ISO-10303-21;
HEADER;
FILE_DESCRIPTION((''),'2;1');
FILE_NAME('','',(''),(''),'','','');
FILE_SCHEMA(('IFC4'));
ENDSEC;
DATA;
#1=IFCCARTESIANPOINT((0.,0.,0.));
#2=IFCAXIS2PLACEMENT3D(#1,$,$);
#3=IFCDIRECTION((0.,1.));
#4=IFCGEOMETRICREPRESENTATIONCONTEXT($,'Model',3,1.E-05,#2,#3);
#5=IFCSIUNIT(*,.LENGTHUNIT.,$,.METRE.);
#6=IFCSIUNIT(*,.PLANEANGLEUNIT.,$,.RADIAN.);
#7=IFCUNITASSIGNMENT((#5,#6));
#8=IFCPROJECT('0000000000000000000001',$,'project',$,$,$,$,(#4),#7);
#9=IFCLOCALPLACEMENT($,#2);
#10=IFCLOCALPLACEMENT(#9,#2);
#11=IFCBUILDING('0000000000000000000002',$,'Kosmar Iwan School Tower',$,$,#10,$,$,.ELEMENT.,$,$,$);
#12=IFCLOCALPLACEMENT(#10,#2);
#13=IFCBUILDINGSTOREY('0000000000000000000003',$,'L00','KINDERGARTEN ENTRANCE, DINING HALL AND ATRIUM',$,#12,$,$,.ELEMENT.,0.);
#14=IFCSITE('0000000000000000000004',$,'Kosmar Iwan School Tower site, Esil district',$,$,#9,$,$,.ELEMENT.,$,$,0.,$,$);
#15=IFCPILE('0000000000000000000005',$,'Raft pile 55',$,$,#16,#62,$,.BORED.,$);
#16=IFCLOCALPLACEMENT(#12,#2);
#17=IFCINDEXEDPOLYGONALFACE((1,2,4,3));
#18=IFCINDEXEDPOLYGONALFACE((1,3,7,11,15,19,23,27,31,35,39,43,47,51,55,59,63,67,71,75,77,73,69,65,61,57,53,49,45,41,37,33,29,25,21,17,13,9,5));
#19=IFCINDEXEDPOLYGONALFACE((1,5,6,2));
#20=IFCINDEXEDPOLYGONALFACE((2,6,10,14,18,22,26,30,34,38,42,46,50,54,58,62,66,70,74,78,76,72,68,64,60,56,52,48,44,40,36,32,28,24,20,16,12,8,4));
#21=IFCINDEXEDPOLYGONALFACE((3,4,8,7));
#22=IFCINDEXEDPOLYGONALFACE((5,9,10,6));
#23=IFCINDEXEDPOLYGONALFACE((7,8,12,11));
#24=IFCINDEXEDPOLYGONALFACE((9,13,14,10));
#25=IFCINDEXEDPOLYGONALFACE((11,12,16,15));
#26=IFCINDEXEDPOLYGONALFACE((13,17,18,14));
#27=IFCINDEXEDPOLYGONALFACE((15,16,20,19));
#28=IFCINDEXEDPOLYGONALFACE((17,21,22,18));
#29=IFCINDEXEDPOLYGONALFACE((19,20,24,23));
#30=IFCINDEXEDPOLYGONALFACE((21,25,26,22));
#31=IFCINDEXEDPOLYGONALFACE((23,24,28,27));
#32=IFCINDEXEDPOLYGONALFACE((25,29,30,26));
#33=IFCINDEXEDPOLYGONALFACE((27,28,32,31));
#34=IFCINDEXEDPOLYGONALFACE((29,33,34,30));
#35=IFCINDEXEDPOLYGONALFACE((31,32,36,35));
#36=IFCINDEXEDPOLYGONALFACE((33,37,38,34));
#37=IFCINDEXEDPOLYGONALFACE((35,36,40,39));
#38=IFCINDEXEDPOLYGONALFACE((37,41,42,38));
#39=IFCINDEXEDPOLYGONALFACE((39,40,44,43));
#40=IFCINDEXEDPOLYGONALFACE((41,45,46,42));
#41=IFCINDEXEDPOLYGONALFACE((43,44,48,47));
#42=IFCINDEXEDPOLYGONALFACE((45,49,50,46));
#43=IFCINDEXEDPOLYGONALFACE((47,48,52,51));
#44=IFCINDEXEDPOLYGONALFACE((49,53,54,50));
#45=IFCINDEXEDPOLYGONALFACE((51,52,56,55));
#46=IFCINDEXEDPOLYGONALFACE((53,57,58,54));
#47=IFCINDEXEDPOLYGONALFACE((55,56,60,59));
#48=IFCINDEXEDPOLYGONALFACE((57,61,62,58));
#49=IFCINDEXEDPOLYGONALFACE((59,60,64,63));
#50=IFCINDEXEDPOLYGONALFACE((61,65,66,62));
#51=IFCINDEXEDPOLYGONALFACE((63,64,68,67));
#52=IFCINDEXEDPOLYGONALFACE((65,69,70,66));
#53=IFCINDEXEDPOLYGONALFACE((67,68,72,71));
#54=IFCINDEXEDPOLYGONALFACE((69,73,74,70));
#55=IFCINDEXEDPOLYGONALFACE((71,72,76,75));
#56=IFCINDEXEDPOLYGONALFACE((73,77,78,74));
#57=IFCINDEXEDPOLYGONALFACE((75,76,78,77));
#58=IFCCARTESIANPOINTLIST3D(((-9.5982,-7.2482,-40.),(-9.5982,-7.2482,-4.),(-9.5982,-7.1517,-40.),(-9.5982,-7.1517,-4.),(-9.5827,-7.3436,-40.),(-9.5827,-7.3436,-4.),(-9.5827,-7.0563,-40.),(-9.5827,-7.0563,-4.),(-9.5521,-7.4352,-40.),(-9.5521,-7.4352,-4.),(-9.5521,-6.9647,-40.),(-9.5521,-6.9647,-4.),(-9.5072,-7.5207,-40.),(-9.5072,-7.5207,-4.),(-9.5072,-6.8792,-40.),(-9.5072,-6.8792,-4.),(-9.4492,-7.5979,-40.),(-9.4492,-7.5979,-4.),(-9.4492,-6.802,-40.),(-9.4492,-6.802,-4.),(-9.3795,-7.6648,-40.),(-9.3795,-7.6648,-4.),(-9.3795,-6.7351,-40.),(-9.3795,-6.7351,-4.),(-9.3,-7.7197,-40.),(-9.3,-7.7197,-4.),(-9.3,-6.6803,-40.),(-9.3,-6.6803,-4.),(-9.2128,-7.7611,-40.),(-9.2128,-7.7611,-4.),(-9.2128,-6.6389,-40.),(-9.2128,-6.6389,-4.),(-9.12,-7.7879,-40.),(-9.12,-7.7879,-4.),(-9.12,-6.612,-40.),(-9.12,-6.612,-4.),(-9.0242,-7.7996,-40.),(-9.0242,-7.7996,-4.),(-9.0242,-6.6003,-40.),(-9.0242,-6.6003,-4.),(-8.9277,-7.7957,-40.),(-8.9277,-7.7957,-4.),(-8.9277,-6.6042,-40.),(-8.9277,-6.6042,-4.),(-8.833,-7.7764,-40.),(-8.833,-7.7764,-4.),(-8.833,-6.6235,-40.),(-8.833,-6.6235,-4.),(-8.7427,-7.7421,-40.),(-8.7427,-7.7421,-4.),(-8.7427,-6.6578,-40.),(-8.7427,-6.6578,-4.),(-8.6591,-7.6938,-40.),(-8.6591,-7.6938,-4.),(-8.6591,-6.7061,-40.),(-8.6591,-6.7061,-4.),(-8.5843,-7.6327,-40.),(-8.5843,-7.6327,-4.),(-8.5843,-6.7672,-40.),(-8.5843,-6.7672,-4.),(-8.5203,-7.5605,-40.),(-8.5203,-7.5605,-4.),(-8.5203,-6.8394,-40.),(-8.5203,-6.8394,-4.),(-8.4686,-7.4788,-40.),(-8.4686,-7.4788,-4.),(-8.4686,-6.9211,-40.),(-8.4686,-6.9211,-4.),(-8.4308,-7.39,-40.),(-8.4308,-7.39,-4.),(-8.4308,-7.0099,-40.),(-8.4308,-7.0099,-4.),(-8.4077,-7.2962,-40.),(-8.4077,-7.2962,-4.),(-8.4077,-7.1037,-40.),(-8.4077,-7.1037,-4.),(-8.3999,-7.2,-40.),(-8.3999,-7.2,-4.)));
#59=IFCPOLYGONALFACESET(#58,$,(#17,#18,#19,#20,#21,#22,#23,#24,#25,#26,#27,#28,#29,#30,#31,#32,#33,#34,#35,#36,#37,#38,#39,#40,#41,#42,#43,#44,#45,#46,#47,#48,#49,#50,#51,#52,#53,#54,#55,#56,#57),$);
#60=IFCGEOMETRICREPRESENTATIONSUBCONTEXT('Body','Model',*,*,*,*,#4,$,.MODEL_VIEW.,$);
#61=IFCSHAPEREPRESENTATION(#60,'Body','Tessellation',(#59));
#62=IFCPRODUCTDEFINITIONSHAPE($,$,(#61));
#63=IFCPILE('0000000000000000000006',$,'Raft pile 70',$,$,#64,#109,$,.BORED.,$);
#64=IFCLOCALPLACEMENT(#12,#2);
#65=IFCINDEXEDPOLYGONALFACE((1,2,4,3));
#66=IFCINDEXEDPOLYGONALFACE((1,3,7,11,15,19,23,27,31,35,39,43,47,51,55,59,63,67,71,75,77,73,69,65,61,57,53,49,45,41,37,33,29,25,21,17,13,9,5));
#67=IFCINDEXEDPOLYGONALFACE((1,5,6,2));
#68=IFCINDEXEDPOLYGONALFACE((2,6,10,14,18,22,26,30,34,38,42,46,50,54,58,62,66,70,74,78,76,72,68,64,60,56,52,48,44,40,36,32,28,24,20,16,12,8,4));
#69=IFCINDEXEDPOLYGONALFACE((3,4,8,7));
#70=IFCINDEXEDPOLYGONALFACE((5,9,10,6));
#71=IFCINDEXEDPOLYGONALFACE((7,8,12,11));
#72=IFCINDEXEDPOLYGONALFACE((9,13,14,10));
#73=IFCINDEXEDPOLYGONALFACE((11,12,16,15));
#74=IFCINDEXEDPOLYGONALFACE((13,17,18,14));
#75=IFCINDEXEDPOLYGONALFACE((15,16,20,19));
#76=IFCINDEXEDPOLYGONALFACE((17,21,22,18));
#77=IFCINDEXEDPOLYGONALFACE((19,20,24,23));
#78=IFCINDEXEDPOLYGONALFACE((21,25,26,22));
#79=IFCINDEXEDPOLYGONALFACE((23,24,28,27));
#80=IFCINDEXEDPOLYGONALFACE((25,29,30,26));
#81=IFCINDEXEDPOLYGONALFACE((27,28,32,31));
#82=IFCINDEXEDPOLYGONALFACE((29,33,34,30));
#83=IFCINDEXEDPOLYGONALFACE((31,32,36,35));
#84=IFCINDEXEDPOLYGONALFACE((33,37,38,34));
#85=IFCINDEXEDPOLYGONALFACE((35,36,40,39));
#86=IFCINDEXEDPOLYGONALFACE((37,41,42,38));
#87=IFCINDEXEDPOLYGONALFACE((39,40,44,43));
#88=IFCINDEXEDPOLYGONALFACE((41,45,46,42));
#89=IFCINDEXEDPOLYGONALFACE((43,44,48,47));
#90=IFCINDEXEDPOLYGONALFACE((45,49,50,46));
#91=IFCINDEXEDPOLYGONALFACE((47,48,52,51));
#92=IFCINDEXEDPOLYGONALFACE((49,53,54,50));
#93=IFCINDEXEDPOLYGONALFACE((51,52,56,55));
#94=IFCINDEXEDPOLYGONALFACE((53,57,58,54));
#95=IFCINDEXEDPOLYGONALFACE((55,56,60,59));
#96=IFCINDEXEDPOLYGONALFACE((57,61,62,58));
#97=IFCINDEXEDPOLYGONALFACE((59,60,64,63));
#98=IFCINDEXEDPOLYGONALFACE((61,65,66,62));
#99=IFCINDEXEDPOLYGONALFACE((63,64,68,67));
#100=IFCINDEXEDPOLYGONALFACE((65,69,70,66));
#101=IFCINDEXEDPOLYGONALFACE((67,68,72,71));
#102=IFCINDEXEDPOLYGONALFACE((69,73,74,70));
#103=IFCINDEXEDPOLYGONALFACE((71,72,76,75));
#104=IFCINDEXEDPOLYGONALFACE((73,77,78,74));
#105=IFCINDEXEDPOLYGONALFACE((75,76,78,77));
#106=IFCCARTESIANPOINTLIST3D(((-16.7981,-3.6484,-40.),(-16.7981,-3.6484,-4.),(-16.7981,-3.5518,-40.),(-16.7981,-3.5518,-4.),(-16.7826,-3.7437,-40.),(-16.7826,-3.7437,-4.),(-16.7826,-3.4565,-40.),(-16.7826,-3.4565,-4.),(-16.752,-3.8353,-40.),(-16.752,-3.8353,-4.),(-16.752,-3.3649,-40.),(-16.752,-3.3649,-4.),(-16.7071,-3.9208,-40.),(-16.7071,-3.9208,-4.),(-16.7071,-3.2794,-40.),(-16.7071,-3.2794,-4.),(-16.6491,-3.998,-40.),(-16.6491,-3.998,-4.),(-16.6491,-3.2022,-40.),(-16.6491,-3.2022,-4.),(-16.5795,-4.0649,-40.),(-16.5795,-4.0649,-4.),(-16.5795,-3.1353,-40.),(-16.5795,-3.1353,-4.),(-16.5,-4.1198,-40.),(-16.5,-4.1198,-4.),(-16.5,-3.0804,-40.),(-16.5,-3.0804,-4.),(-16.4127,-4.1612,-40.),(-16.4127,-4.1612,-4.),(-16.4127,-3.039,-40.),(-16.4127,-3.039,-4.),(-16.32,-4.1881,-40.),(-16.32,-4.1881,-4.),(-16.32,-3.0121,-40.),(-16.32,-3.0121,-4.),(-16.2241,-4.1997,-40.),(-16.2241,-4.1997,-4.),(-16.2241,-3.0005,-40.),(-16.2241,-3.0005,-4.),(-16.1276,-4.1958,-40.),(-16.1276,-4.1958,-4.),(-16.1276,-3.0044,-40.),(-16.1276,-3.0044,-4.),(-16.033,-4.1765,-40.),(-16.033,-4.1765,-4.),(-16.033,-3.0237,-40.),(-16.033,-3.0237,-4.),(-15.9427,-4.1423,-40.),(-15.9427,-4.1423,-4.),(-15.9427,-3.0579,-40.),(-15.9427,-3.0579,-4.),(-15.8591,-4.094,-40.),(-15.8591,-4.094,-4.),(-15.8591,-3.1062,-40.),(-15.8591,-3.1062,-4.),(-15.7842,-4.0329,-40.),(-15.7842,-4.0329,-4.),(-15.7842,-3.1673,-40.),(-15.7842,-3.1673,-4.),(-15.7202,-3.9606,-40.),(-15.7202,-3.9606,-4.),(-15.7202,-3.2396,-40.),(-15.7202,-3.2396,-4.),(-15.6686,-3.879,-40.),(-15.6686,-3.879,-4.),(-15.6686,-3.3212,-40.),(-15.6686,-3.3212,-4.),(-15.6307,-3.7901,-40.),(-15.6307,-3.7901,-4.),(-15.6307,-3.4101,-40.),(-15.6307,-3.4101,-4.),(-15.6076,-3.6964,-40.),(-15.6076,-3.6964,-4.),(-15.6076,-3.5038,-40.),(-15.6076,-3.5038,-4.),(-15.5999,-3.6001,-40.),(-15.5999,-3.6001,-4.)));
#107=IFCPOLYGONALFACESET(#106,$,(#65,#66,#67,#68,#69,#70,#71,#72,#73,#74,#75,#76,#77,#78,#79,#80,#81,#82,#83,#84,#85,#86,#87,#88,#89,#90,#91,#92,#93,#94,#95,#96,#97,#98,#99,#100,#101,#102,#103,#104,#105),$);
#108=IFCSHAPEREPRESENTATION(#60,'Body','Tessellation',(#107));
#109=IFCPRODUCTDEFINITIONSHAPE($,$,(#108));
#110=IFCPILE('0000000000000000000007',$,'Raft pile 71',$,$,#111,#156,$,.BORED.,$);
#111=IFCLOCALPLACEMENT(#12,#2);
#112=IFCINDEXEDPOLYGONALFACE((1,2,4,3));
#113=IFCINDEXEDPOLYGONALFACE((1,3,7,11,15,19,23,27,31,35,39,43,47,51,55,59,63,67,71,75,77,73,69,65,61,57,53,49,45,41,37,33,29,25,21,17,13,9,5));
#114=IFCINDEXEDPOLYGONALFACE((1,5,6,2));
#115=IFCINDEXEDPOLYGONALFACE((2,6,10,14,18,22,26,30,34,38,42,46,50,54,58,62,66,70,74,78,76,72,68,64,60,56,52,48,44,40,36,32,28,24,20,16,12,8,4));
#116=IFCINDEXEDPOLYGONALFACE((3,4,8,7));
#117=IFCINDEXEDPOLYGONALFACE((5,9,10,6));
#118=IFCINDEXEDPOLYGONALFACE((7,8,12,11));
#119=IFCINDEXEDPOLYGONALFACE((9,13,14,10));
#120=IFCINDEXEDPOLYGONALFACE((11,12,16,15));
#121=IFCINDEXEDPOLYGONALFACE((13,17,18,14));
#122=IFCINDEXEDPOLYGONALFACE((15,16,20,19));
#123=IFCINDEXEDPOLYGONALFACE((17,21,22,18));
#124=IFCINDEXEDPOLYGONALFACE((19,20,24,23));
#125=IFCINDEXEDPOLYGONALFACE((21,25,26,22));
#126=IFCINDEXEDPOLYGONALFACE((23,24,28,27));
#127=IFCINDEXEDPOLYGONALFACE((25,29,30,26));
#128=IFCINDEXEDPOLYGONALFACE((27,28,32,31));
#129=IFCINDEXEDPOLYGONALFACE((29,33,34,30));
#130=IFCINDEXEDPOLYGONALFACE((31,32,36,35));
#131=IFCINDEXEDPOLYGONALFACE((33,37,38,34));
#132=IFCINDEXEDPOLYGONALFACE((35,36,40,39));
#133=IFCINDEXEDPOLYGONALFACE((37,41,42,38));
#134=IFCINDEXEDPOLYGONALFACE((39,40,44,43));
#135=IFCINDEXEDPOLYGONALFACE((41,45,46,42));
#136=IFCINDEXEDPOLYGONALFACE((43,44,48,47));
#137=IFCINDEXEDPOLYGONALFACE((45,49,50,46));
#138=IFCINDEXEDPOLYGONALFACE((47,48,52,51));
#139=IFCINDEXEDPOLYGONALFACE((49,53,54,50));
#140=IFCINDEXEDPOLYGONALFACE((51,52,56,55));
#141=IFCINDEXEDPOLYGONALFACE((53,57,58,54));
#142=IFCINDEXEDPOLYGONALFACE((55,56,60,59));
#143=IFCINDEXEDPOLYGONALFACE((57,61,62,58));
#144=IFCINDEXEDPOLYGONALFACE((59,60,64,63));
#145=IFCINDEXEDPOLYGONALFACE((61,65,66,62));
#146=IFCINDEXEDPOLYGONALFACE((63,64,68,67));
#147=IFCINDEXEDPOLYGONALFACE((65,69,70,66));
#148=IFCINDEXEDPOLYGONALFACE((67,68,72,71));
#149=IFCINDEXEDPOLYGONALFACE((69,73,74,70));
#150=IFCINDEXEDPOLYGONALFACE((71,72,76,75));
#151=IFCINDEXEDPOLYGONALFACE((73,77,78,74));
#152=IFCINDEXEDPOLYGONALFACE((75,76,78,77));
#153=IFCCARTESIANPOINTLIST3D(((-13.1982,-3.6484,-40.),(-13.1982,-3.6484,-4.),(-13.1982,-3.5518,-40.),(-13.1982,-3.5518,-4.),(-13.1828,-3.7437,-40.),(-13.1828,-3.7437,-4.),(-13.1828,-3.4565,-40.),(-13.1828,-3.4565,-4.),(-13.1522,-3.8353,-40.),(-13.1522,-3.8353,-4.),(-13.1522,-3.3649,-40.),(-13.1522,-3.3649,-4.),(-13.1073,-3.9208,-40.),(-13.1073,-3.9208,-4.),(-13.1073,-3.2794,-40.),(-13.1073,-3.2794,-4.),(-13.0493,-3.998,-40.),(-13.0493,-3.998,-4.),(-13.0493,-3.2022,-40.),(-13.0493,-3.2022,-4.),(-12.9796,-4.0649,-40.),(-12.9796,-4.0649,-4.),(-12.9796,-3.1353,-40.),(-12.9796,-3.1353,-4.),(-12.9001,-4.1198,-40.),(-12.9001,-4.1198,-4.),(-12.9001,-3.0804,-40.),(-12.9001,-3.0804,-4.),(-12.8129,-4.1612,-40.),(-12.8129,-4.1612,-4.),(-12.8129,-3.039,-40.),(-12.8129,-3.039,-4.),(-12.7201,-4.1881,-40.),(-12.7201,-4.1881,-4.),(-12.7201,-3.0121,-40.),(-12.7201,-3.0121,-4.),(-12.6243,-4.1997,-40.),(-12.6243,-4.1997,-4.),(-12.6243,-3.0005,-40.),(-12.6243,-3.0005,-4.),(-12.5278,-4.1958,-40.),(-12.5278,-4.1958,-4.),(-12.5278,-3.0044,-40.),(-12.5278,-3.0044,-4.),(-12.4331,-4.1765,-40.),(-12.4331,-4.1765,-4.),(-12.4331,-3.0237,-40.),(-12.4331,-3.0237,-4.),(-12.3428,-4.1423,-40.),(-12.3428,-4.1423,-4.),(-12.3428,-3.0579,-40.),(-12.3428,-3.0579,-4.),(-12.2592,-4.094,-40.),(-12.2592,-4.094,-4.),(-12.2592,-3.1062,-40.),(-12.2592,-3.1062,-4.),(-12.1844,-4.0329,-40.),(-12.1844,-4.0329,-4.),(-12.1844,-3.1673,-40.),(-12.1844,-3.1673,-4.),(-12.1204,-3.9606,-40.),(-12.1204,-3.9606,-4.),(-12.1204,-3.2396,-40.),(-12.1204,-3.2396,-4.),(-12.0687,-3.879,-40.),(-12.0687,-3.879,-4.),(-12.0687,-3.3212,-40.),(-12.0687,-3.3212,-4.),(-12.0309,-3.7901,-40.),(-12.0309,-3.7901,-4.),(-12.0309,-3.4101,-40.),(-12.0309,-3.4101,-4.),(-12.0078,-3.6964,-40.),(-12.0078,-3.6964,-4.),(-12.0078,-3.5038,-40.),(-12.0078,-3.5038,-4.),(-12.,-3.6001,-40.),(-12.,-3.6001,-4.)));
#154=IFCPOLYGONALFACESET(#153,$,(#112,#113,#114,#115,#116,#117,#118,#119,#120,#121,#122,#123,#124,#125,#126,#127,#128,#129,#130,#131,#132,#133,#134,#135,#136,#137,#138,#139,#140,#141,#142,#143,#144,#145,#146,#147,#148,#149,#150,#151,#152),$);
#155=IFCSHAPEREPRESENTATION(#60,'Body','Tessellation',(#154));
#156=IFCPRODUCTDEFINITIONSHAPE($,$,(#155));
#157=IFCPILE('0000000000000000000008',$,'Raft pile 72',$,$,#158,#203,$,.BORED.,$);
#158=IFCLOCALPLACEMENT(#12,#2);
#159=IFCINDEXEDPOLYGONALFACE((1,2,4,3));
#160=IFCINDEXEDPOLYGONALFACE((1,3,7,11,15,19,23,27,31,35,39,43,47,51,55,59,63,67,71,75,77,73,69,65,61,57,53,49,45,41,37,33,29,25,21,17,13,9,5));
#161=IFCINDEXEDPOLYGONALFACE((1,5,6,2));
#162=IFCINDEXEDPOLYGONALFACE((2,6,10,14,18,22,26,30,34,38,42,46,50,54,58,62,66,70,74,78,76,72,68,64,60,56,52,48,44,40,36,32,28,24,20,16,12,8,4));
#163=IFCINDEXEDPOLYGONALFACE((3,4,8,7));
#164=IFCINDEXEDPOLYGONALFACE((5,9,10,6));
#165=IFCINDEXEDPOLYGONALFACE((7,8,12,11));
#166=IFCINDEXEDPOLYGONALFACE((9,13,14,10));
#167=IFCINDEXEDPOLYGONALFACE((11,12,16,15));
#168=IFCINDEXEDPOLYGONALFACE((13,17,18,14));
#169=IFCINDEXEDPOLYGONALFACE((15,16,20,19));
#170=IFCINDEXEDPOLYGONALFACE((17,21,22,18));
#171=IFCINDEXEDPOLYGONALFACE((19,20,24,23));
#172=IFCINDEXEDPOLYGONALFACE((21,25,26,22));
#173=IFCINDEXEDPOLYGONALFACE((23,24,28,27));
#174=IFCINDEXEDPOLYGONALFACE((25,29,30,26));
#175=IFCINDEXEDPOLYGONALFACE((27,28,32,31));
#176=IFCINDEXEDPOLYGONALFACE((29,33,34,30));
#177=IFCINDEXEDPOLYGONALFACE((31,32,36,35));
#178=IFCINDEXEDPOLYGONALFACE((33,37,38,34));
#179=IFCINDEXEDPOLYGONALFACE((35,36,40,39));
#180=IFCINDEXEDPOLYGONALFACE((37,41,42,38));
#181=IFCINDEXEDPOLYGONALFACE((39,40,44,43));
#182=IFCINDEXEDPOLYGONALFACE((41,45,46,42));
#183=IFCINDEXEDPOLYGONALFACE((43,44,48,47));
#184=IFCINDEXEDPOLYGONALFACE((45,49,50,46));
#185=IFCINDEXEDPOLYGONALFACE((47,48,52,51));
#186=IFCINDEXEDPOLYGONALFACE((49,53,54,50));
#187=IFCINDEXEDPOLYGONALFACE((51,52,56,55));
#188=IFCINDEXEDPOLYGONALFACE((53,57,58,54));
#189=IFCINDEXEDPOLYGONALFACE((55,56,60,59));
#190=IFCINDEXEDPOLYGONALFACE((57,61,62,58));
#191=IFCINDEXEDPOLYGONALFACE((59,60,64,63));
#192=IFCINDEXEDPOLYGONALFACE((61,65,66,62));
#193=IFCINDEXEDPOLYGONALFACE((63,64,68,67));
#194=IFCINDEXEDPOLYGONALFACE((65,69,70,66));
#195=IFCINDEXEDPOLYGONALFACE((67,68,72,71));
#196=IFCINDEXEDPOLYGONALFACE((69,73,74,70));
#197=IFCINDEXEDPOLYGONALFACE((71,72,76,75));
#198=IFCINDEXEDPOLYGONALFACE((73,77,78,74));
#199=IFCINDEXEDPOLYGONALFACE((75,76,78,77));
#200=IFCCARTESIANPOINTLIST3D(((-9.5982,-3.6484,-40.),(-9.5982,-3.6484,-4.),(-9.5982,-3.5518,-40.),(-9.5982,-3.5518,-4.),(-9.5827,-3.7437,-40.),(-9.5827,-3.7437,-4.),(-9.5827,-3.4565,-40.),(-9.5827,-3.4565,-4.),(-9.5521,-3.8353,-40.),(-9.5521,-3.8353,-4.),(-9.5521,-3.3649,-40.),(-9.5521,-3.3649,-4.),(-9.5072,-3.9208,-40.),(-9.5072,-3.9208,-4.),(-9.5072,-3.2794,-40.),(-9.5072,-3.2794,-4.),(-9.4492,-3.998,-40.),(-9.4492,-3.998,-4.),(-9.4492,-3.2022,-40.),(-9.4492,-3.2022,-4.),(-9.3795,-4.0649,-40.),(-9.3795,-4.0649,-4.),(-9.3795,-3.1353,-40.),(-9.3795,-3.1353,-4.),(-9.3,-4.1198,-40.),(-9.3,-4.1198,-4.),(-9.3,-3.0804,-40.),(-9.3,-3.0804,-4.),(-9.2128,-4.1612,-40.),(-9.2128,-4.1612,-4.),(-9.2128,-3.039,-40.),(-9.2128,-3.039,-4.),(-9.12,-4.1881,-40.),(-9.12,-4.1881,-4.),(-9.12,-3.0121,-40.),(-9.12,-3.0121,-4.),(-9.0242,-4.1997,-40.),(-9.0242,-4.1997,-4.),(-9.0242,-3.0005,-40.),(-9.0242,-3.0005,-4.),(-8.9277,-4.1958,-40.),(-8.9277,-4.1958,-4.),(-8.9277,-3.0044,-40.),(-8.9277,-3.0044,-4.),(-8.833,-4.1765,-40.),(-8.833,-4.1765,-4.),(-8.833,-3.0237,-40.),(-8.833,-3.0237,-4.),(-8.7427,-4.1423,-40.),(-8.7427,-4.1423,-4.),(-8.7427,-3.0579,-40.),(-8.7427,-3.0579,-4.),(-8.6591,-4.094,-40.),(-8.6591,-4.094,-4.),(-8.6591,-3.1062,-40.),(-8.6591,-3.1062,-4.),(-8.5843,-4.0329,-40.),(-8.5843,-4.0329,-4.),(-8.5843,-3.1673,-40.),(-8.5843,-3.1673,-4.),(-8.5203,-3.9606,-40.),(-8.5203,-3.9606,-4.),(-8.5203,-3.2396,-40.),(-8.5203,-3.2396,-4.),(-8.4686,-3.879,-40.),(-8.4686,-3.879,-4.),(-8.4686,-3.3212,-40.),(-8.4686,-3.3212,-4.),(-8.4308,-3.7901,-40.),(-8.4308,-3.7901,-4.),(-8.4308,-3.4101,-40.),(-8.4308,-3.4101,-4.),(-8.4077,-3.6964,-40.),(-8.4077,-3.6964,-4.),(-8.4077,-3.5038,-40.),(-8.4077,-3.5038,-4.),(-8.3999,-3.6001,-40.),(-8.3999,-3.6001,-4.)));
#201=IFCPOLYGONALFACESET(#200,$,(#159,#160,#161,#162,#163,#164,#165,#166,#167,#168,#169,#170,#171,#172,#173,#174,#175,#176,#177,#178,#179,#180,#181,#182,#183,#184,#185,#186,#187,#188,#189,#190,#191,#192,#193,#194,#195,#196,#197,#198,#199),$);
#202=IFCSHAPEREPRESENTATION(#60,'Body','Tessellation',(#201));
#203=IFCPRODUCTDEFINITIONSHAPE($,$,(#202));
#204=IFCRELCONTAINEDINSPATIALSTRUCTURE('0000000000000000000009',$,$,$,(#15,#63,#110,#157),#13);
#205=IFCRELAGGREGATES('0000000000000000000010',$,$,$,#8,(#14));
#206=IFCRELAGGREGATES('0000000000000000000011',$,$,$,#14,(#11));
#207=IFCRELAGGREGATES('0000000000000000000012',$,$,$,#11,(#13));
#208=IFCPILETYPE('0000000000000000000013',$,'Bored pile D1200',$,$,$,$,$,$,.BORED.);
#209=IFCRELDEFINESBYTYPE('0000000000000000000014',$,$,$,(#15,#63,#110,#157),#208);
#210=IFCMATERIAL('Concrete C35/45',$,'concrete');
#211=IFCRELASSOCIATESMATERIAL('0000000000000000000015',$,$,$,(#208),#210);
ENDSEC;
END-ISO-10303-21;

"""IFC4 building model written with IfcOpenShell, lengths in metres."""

from ifc_helpers import new_model, si_unit, direction, frame, origin, origin_2d, place, context, subcontext, project, spatial, circle, extrude, material, material_profile, profile_set, type_object, element, save


model = new_model("IFC4")

# Units and contexts
model_context = context("Model", 3, precision=1e-05, world=origin(), true_north=direction((0.0, 1.0)))
body_context = subcontext(model_context, "Body", "Model", "MODEL_VIEW")
ifc_project = project(units=[si_unit("LENGTHUNIT", "METRE"), si_unit("PLANEANGLEUNIT", "RADIAN")], contexts=[model_context])

# Site, building, storey
site_placement = place(None, origin())
site = spatial("IfcSite", under=ifc_project, at=site_placement, Name="Kosmar Iwan School Tower site, Esil district", CompositionType="ELEMENT", RefElevation=0.0)
building_placement = place(site_placement, origin())
building = spatial("IfcBuilding", under=site, at=building_placement, Name="Kosmar Iwan School Tower", CompositionType="ELEMENT")
storey_placement = place(building_placement, origin())
storey = spatial("IfcBuildingStorey", under=building, at=storey_placement, Name="L00", Description="KINDERGARTEN ENTRANCE, DINING HALL AND ATRIUM", CompositionType="ELEMENT", Elevation=0.0)

# Piles
ifc_material_1 = material(Name="Concrete C35/45", Category="concrete")
ifc_material_profile_1 = material_profile(ifc_material_1, circle(Radius=0.6001, at=origin_2d()), Name="D1200")
ifc_profile_set_1 = profile_set([ifc_material_profile_1], Name="Concrete C35/45")
pile_type = type_object("IfcPileType", Name="Bored pile D1200", PredefinedType="BORED", material=ifc_profile_set_1)
for number, where, z_axis, x_axis, name in (
    (1, (-9.0, -7.2, -4.0), (0.0, 0.0, -1.0), (1.0, 0.0, 0.0), "Raft pile 55"),
    (2, (-16.2, -3.6001, -4.0), (0.0, 0.0, -1.0), (1.0, 0.0, 0.0), "Raft pile 70"),
    (3, (-12.6001, -3.6001, -4.0), (0.0, 0.0, -1.0), (1.0, 0.0, 0.0), "Raft pile 71"),
    (4, (-9.0, -3.6001, -4.0), (0.0, 0.0, -1.0), (1.0, 0.0, 0.0), "Raft pile 72"),
):
    element("IfcPile", number, at=place(storey_placement, frame(where, z_axis=z_axis, x_axis=x_axis)), inside=storey, type_object=pile_type, Name=name, PredefinedType="BORED", context=body_context, shape_type="SweptSolid", body=[
        extrude(circle(Radius=0.6001, at=origin_2d()), origin(), (0.0, 0.0, 1.0), 36.0),
    ])

save(model, "model.ifc")
